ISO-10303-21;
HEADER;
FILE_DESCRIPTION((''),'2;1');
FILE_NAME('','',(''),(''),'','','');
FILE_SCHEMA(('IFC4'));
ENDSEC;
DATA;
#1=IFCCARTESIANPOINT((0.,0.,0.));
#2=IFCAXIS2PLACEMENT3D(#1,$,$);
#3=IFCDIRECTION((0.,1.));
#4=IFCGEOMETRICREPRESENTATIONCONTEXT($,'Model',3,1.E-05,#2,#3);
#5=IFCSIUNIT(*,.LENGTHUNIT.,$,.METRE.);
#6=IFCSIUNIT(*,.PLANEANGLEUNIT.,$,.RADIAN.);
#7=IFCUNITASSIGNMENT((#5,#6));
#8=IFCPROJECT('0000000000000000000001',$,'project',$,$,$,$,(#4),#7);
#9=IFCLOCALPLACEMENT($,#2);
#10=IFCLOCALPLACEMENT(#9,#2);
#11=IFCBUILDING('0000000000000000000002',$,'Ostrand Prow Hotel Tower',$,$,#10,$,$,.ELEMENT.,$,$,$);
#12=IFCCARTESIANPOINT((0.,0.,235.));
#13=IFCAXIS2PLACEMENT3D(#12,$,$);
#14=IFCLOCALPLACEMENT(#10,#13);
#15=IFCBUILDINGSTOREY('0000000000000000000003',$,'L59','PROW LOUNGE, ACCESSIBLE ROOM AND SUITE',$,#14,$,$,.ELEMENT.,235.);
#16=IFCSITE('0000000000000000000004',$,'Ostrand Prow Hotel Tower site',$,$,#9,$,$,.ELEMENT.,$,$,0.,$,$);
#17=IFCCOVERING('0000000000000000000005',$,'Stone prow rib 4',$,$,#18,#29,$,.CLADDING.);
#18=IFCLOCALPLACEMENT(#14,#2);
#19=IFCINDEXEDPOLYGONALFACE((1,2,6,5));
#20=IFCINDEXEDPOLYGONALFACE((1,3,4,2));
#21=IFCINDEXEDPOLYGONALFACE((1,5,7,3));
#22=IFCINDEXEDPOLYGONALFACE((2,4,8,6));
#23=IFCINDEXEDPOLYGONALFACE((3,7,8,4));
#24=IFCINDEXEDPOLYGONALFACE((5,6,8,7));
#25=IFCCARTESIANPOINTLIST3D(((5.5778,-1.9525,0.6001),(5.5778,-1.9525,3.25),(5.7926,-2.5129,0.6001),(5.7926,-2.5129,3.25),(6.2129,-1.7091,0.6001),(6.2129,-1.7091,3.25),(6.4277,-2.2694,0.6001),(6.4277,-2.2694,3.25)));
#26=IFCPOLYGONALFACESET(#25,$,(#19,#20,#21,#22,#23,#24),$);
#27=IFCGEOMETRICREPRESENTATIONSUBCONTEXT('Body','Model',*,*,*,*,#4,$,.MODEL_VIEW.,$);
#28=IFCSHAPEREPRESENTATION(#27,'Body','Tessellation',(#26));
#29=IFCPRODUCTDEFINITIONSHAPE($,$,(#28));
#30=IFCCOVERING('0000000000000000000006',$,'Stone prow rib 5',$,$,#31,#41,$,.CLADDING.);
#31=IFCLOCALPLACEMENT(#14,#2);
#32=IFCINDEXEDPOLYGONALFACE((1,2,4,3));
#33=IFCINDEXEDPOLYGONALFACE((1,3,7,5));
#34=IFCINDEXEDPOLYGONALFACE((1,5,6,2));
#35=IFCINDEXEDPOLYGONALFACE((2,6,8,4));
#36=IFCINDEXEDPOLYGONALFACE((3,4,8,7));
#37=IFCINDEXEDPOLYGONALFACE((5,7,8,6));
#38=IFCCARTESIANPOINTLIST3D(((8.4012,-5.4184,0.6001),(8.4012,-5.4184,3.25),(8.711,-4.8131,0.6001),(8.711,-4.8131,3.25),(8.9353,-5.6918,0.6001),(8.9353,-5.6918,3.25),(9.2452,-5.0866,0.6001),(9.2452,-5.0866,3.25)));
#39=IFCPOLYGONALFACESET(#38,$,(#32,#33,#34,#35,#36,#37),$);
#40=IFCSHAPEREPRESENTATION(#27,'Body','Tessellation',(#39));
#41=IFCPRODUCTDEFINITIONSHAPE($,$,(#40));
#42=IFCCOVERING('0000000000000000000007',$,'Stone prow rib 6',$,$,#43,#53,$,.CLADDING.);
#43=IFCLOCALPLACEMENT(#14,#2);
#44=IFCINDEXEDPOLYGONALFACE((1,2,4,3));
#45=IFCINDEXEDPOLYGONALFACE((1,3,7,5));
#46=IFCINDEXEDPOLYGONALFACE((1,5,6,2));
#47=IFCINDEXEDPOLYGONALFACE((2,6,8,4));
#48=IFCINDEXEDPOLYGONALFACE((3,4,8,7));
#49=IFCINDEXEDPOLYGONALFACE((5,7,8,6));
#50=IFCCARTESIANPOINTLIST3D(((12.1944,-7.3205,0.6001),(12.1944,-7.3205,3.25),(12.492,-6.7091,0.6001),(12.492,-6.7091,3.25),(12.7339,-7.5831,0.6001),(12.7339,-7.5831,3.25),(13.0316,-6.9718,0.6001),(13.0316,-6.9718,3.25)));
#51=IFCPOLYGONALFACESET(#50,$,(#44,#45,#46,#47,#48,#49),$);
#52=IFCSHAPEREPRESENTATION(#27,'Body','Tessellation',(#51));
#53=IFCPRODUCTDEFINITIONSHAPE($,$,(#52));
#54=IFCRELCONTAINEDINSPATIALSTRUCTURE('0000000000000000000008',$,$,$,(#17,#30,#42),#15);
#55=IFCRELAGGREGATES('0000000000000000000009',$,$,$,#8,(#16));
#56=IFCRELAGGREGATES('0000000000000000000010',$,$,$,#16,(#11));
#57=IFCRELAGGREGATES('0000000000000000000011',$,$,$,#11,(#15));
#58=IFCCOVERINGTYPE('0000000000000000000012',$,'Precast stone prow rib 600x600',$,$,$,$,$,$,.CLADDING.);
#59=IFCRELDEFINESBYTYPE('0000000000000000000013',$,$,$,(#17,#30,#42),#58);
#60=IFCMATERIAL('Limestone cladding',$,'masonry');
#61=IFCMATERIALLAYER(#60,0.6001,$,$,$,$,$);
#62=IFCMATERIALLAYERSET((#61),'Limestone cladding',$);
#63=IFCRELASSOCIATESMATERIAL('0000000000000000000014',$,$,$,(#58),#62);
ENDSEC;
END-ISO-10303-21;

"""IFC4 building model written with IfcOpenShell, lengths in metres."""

from ifc_helpers import new_model, si_unit, direction, frame, frame_2d, origin, place, context, subcontext, project, spatial, rectangle, extrude, material, layer, layer_set, type_object, element, save


model = new_model("IFC4")

# Units and contexts
model_context = context("Model", 3, precision=1e-05, world=origin(), true_north=direction((0.0, 1.0)))
body_context = subcontext(model_context, "Body", "Model", "MODEL_VIEW")
ifc_project = project(units=[si_unit("LENGTHUNIT", "METRE"), si_unit("PLANEANGLEUNIT", "RADIAN")], contexts=[model_context])

# Site, building, storey
site_placement = place(None, origin())
site = spatial("IfcSite", under=ifc_project, at=site_placement, Name="Ostrand Prow Hotel Tower site", CompositionType="ELEMENT", RefElevation=0.0)
building_placement = place(site_placement, origin())
building = spatial("IfcBuilding", under=site, at=building_placement, Name="Ostrand Prow Hotel Tower", CompositionType="ELEMENT")
storey_placement = place(building_placement, frame((0.0, 0.0, 235.0)))
storey = spatial("IfcBuildingStorey", under=building, at=storey_placement, Name="L59", Description="PROW LOUNGE, ACCESSIBLE ROOM AND SUITE", CompositionType="ELEMENT", Elevation=235.0)

# Coverings
ifc_material_1 = material(Name="Limestone cladding", Category="masonry")
ifc_layer_1 = layer(ifc_material_1, 0.6001)
ifc_layer_set_1 = layer_set([ifc_layer_1], Name="Limestone cladding")
covering_type_1 = type_object("IfcCoveringType", Name="Precast stone prow rib 600x600", PredefinedType="CLADDING", material=ifc_layer_set_1)
covering_1_placement = place(storey_placement, frame((6.3203, -1.9893, 0.6001), z_axis=(0.0, 0.0, 1.0), x_axis=(-0.933752, -0.35792, 0.0)))
element("IfcCovering", 1, at=covering_1_placement, inside=storey, type_object=covering_type_1, Name="Stone prow rib 4", PredefinedType="CLADDING", context=body_context, shape_type="SweptSolid", body=[
    extrude(rectangle(XDim=0.6802, YDim=0.6001, at=frame_2d((0.3401, 0.0))), origin(), (0.0, 0.0, 1.0), 2.6499),
])
for number, where, z_axis, x_axis, name in (
    (2, (8.978, -4.95, 0.6001), (0.0, 0.0, 1.0), (-0.455668, -0.89015, 0.0), "Stone prow rib 5"),
    (3, (12.7617, -6.8406, 0.6001), (0.0, 0.0, 1.0), (-0.437709, -0.899117, 0.0), "Stone prow rib 6"),
):
    element("IfcCovering", number, at=place(storey_placement, frame(where, z_axis=z_axis, x_axis=x_axis)), inside=storey, type_object=covering_type_1, Name=name, PredefinedType="CLADDING", context=body_context, shape_type="SweptSolid", body=[
        extrude(rectangle(XDim=0.6799, YDim=0.6001, at=frame_2d((0.3398, 0.0))), origin(), (0.0, 0.0, 1.0), 2.6499),
    ])

save(model, "model.ifc")
